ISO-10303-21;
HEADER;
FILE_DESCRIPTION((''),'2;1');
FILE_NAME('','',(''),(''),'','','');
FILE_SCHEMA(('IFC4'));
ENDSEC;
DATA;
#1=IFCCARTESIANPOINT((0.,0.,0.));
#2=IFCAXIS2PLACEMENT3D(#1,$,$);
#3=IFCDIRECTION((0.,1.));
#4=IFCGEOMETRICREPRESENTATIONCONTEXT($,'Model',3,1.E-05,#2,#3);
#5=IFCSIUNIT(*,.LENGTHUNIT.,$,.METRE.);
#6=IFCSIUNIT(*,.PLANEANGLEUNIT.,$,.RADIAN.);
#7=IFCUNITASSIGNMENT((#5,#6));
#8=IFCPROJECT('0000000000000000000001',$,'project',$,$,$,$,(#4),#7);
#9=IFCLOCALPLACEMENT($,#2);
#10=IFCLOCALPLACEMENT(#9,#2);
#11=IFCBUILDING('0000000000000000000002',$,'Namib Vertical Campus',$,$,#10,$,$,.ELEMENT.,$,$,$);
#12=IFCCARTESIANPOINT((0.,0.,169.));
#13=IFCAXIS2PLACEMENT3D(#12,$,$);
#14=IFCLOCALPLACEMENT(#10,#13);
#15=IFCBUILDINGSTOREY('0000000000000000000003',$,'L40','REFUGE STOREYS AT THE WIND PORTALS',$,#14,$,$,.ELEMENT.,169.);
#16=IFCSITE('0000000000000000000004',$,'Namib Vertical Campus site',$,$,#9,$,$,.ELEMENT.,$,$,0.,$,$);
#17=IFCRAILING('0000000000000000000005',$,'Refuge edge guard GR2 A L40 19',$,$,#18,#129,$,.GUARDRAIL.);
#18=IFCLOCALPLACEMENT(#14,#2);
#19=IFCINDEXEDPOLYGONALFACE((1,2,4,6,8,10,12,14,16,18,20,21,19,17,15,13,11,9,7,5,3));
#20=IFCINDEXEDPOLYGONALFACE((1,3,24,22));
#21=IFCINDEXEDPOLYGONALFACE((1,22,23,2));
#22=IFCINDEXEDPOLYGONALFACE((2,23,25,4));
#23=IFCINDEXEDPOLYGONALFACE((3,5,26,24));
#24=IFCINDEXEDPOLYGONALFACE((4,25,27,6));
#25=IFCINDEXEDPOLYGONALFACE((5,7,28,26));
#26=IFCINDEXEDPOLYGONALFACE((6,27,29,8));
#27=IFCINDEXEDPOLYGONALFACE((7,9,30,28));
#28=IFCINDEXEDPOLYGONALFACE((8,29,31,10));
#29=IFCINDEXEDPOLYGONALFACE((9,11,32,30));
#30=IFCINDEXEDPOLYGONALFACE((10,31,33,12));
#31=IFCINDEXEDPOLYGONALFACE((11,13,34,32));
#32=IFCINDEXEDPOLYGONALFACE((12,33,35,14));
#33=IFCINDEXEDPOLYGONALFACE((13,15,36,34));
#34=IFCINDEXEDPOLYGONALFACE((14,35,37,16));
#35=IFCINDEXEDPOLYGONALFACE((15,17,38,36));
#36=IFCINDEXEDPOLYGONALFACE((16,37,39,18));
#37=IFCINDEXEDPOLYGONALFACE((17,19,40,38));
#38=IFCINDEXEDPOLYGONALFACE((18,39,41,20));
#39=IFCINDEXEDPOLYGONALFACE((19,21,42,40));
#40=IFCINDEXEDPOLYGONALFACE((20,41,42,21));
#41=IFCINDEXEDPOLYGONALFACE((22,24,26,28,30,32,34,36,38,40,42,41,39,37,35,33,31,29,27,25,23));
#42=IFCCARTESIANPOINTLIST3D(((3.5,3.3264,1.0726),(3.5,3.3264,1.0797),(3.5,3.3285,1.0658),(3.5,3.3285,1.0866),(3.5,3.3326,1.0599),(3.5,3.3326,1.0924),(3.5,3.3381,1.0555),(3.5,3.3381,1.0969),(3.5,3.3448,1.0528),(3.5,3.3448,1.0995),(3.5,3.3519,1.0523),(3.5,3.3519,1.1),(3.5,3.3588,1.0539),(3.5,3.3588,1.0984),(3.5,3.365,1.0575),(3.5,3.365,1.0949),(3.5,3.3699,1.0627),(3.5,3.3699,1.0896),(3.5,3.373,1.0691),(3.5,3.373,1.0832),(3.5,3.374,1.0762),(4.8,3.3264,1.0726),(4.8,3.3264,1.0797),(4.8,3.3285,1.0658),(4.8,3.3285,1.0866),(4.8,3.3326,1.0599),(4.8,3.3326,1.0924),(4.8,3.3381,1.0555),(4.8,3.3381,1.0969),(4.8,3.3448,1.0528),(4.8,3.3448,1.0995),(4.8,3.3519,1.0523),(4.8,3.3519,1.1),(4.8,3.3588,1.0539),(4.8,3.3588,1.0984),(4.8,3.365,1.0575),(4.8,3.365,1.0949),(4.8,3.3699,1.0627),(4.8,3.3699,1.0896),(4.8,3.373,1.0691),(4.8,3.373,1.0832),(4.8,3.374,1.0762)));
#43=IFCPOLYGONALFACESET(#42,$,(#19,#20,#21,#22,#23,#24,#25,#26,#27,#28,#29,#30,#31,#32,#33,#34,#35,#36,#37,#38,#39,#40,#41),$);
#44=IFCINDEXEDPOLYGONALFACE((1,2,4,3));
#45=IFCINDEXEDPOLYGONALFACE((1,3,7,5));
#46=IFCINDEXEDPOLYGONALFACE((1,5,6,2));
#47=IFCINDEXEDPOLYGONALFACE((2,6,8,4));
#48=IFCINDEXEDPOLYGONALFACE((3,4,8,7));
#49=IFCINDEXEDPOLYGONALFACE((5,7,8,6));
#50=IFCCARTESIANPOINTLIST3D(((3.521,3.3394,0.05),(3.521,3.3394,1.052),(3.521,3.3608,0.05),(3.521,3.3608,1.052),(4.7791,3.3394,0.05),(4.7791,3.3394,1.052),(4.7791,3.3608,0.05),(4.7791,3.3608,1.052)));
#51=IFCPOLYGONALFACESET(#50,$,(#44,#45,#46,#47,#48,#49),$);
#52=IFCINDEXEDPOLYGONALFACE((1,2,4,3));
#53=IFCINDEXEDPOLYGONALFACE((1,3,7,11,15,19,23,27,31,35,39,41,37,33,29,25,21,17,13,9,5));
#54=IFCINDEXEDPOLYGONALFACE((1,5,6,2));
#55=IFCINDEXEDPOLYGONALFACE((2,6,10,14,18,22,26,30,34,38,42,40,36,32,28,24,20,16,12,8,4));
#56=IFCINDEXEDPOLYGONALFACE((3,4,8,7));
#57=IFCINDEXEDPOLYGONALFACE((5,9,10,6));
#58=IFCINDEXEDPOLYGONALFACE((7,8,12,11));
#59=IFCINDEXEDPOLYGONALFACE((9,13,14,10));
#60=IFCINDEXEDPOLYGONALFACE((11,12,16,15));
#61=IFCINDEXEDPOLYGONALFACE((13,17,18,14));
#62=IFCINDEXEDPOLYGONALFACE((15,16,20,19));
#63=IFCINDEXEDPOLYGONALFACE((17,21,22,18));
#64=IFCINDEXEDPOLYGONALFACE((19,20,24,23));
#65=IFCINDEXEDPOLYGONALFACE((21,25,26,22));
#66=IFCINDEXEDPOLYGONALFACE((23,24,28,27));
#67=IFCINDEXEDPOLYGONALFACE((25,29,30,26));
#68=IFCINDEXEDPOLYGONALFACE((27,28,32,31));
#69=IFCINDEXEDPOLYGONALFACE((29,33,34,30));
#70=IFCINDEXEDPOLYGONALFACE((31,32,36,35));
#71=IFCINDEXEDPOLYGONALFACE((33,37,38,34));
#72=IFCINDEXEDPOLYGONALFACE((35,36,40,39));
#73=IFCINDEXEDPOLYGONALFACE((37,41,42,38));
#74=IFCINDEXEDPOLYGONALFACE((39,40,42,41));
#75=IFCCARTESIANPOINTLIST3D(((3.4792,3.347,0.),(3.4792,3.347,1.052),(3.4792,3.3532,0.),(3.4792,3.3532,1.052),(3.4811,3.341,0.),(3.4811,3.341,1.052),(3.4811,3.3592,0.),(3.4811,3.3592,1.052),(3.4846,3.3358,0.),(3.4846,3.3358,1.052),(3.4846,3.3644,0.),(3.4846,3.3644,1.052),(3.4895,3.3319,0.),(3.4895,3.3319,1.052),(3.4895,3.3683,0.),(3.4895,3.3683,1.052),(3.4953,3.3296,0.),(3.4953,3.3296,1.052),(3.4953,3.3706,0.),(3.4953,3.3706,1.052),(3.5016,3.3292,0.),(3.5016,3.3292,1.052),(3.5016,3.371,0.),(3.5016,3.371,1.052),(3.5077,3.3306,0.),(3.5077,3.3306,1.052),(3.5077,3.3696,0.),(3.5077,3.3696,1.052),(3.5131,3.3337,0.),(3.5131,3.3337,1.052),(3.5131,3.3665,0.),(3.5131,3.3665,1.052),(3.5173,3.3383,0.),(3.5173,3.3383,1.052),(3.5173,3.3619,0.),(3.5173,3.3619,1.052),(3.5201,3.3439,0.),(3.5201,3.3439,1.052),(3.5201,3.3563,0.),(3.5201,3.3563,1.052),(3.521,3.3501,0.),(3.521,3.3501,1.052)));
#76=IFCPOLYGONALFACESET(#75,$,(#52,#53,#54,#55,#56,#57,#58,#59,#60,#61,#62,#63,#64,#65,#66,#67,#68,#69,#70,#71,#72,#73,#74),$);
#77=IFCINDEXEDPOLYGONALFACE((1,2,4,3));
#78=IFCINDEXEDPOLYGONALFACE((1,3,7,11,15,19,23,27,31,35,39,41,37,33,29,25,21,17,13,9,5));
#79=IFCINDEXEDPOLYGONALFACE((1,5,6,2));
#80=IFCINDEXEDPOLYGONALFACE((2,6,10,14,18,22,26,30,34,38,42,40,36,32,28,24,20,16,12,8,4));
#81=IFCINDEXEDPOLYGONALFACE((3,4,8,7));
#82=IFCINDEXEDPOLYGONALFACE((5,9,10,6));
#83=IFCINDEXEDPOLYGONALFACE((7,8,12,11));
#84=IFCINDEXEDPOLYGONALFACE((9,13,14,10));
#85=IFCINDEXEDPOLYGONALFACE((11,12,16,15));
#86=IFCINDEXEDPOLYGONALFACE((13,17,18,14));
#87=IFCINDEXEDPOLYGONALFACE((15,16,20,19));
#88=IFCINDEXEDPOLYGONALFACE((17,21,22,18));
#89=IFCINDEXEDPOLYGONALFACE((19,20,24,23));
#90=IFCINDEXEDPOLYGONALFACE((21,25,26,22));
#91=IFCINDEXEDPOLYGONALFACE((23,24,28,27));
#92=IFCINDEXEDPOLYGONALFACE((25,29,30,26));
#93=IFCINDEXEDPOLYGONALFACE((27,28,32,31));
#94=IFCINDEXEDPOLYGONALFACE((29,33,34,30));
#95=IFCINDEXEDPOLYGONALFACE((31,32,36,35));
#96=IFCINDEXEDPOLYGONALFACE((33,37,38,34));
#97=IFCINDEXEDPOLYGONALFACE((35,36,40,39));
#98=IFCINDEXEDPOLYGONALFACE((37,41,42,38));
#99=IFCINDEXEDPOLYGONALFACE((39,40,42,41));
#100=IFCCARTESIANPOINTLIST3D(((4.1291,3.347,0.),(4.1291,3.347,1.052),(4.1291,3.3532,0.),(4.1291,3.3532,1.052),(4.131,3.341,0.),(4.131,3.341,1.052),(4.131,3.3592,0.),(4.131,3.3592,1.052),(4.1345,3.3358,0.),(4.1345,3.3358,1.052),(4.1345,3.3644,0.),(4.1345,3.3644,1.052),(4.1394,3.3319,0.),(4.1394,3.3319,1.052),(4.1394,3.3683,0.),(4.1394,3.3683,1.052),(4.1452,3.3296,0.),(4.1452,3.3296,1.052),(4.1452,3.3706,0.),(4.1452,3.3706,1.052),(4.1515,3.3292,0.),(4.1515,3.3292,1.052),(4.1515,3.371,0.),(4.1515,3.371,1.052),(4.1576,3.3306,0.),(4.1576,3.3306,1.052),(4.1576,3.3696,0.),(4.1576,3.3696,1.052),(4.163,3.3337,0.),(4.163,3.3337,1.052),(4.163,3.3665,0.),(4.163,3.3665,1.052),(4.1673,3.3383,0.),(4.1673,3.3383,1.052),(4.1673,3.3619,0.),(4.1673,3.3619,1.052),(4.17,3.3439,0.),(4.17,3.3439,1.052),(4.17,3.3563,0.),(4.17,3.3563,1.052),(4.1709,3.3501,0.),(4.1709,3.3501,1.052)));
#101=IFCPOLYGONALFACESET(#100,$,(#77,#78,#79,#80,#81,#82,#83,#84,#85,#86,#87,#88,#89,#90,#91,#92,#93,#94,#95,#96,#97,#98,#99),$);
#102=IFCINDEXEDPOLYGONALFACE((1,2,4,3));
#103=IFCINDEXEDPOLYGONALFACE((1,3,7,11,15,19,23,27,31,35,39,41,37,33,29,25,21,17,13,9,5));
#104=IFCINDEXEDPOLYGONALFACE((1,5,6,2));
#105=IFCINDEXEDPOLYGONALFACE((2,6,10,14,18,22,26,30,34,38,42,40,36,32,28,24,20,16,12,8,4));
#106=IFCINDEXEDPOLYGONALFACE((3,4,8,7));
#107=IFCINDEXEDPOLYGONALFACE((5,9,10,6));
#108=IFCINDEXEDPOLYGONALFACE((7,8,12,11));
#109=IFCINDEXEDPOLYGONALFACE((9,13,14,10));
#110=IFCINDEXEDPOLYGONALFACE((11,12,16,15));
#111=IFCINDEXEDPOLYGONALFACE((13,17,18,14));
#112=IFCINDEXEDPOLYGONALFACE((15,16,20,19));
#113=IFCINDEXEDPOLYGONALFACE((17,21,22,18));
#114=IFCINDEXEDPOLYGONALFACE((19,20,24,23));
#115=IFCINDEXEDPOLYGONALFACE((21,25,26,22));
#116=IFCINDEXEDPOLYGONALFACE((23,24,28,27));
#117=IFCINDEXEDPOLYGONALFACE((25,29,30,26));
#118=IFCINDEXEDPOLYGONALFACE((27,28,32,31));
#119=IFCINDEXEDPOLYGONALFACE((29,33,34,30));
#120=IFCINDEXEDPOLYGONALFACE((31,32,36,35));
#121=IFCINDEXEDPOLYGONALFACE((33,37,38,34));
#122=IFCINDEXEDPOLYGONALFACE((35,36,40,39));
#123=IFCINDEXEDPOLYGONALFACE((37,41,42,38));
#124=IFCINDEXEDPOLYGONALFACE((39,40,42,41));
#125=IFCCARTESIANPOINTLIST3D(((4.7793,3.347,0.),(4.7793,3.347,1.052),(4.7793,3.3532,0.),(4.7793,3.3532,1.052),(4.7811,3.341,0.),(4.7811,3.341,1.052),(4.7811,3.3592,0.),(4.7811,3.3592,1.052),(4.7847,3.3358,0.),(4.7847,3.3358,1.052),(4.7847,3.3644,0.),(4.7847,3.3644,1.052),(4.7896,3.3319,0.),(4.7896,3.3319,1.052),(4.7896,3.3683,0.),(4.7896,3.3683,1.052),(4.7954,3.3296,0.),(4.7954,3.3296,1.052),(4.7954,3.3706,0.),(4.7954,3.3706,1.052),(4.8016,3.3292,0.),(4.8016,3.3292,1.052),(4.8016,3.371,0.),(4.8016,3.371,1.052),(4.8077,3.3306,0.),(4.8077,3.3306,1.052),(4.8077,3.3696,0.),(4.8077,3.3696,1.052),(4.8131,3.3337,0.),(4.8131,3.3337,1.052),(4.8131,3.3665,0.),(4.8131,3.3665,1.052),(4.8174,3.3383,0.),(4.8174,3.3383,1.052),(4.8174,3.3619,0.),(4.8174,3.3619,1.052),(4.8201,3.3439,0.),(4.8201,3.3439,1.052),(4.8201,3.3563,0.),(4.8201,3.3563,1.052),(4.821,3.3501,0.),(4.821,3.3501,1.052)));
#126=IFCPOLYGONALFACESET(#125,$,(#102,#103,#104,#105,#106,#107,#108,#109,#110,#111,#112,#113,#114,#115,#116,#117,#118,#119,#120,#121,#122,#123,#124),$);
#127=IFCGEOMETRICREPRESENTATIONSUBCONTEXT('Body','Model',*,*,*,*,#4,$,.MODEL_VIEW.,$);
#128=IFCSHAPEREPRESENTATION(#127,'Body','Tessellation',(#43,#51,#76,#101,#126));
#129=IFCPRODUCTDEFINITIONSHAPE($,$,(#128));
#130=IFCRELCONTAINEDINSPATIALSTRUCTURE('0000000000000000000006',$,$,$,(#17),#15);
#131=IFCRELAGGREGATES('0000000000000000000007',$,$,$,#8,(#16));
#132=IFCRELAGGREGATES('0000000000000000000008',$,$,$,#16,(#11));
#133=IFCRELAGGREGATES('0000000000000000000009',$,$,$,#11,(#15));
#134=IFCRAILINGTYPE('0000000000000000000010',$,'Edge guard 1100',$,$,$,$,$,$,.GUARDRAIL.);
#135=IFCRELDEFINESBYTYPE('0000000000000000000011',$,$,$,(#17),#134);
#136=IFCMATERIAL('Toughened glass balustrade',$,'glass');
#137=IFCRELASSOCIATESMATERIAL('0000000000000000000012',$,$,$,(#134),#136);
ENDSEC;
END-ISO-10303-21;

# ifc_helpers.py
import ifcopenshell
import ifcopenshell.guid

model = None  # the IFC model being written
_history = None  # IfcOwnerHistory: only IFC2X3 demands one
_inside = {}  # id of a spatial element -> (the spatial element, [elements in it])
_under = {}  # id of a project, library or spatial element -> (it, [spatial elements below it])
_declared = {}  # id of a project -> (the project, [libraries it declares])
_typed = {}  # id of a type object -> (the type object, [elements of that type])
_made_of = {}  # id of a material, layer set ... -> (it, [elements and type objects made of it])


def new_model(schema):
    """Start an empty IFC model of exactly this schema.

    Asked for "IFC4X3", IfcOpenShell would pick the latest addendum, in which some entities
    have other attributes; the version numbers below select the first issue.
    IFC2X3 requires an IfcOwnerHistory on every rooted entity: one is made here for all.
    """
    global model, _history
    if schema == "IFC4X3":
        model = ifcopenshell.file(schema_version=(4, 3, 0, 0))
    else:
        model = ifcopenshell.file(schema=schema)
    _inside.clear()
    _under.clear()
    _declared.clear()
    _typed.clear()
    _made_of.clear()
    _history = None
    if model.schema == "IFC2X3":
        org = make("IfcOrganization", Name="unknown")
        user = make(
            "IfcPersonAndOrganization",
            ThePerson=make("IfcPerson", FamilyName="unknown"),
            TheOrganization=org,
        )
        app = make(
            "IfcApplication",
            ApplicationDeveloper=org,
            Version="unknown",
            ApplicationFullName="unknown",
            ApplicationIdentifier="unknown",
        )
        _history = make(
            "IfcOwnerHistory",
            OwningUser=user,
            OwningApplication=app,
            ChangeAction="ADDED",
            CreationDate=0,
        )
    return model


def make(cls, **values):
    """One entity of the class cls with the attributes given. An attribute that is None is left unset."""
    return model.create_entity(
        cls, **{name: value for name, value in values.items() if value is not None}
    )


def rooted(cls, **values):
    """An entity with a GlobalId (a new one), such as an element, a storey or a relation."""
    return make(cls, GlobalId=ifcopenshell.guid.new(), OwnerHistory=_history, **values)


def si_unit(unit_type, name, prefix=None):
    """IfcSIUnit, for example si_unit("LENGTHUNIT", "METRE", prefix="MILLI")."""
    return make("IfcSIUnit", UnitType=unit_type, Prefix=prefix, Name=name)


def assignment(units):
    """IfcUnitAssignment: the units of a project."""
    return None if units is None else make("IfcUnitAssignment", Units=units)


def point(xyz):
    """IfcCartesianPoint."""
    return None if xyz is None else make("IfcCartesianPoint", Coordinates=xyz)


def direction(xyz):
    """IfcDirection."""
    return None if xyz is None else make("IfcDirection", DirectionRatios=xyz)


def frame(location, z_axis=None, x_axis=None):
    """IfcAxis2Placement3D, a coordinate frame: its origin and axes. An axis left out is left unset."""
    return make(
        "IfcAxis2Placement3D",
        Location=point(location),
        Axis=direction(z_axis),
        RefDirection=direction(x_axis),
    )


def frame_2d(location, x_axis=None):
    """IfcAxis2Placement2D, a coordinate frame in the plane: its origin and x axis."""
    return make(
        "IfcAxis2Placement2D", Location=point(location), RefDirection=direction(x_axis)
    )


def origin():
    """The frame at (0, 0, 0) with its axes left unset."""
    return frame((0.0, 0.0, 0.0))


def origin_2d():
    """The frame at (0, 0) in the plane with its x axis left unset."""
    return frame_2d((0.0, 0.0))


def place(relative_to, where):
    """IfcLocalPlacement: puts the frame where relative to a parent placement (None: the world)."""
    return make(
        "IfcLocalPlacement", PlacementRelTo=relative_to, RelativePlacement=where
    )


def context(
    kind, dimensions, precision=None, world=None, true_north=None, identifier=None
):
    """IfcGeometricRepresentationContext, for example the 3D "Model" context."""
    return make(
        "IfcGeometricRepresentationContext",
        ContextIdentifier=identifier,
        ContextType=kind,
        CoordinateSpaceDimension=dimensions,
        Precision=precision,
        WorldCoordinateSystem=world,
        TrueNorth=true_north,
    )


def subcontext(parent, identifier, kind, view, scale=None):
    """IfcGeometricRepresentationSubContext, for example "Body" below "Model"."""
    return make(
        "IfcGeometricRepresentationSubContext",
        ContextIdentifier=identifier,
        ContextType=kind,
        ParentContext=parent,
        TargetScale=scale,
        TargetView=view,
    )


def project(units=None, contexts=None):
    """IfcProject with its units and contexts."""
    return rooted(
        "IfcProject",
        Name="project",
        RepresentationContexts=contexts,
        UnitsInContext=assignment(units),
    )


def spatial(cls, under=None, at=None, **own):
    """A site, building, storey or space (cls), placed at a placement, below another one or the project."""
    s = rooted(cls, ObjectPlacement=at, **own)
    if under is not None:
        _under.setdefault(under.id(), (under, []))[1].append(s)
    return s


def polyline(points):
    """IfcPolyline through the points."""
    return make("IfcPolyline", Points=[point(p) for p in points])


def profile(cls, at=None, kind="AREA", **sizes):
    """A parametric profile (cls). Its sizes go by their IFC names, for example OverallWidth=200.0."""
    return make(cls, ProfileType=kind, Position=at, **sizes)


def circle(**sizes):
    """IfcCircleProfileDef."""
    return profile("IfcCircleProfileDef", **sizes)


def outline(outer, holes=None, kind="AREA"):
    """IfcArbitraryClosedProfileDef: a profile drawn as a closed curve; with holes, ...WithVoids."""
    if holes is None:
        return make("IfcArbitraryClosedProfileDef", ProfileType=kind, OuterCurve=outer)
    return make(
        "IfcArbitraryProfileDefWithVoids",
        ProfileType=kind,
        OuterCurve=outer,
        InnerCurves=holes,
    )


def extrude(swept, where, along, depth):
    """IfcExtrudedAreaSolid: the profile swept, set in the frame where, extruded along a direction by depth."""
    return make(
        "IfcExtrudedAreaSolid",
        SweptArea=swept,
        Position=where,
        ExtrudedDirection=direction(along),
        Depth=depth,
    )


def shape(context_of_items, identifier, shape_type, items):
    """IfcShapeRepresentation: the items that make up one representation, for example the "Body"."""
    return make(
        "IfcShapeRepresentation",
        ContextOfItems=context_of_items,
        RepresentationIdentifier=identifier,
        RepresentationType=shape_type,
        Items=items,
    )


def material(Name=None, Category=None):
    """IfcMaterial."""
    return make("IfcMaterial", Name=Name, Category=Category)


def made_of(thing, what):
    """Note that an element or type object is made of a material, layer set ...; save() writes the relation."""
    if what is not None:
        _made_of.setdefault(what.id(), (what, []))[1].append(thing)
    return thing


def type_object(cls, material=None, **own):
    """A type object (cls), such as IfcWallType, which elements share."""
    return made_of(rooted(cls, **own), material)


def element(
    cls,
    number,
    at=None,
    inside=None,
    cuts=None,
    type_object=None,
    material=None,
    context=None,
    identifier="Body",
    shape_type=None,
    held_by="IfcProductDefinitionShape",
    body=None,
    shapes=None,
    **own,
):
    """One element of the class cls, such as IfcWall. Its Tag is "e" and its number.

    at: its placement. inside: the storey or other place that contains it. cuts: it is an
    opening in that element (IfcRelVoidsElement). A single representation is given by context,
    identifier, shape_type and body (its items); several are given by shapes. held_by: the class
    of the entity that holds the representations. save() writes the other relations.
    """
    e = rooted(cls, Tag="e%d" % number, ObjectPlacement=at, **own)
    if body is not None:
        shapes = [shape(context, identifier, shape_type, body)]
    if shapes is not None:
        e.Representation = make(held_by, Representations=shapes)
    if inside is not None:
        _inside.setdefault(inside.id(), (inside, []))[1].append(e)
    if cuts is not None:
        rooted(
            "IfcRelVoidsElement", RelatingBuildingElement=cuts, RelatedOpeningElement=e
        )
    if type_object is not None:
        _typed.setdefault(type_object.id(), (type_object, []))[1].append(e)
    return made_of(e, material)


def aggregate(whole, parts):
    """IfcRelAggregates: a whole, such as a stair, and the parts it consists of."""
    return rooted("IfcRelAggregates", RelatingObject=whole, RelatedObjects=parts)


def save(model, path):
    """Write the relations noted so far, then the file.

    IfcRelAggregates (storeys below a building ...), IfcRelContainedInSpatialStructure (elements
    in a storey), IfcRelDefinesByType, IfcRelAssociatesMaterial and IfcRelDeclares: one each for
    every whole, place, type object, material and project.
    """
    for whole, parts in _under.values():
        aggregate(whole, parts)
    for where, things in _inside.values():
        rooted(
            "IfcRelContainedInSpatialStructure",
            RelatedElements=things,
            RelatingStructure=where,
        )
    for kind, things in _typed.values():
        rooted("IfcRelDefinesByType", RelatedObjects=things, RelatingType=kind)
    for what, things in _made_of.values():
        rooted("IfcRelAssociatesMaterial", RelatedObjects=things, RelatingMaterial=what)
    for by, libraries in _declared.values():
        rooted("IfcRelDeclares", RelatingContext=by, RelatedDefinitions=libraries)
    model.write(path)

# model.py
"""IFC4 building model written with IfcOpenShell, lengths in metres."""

from ifc_helpers import new_model, si_unit, direction, frame, origin, origin_2d, place, context, subcontext, project, spatial, polyline, circle, outline, extrude, material, type_object, element, save


model = new_model("IFC4")

# Units and contexts
model_context = context("Model", 3, precision=1e-05, world=origin(), true_north=direction((0.0, 1.0)))
body_context = subcontext(model_context, "Body", "Model", "MODEL_VIEW")
ifc_project = project(units=[si_unit("LENGTHUNIT", "METRE"), si_unit("PLANEANGLEUNIT", "RADIAN")], contexts=[model_context])

# Site, building, storey
site_placement = place(None, origin())
site = spatial("IfcSite", under=ifc_project, at=site_placement, Name="Namib Vertical Campus site", CompositionType="ELEMENT", RefElevation=0.0)
building_placement = place(site_placement, origin())
building = spatial("IfcBuilding", under=site, at=building_placement, Name="Namib Vertical Campus", CompositionType="ELEMENT")
storey_placement = place(building_placement, frame((0.0, 0.0, 169.0)))
storey = spatial("IfcBuildingStorey", under=building, at=storey_placement, Name="L40", Description="REFUGE STOREYS AT THE WIND PORTALS", CompositionType="ELEMENT", Elevation=169.0)

# Railing
ifc_material_1 = material(Name="Toughened glass balustrade", Category="glass")
railing_type = type_object("IfcRailingType", Name="Edge guard 1100", PredefinedType="GUARDRAIL", material=ifc_material_1)
railing_1_placement = place(storey_placement, frame((3.5, 3.3501, 0.0)))
element("IfcRailing", 1, at=railing_1_placement, inside=storey, type_object=railing_type, Name="Refuge edge guard GR2 A L40 19", PredefinedType="GUARDRAIL", context=body_context, shape_type="SweptSolid", body=[
    extrude(circle(Radius=0.0239, at=origin_2d()), frame((0.0, 0.0, 1.0762), z_axis=(1.0, 0.0, 0.0), x_axis=(0.0, 1.0, 0.0)), (0.0, 0.0, 1.0), 1.3),
    extrude(outline(polyline([(0.021, 0.05), (1.2791, 0.05), (1.2791, 1.052), (0.021, 1.052), (0.021, 0.05)])), frame((0.0, 0.0107, 0.0), z_axis=(0.0, -1.0, 0.0), x_axis=(1.0, 0.0, 0.0)), (0.0, 0.0, 1.0), 0.0215),
    extrude(circle(Radius=0.021, at=origin_2d()), origin(), (0.0, 0.0, 1.0), 1.052),
    extrude(circle(Radius=0.021, at=origin_2d()), frame((0.6499, 0.0, 0.0)), (0.0, 0.0, 1.0), 1.052),
    extrude(circle(Radius=0.021, at=origin_2d()), frame((1.3, 0.0, 0.0)), (0.0, 0.0, 1.0), 1.052),
])

save(model, "model.ifc")
